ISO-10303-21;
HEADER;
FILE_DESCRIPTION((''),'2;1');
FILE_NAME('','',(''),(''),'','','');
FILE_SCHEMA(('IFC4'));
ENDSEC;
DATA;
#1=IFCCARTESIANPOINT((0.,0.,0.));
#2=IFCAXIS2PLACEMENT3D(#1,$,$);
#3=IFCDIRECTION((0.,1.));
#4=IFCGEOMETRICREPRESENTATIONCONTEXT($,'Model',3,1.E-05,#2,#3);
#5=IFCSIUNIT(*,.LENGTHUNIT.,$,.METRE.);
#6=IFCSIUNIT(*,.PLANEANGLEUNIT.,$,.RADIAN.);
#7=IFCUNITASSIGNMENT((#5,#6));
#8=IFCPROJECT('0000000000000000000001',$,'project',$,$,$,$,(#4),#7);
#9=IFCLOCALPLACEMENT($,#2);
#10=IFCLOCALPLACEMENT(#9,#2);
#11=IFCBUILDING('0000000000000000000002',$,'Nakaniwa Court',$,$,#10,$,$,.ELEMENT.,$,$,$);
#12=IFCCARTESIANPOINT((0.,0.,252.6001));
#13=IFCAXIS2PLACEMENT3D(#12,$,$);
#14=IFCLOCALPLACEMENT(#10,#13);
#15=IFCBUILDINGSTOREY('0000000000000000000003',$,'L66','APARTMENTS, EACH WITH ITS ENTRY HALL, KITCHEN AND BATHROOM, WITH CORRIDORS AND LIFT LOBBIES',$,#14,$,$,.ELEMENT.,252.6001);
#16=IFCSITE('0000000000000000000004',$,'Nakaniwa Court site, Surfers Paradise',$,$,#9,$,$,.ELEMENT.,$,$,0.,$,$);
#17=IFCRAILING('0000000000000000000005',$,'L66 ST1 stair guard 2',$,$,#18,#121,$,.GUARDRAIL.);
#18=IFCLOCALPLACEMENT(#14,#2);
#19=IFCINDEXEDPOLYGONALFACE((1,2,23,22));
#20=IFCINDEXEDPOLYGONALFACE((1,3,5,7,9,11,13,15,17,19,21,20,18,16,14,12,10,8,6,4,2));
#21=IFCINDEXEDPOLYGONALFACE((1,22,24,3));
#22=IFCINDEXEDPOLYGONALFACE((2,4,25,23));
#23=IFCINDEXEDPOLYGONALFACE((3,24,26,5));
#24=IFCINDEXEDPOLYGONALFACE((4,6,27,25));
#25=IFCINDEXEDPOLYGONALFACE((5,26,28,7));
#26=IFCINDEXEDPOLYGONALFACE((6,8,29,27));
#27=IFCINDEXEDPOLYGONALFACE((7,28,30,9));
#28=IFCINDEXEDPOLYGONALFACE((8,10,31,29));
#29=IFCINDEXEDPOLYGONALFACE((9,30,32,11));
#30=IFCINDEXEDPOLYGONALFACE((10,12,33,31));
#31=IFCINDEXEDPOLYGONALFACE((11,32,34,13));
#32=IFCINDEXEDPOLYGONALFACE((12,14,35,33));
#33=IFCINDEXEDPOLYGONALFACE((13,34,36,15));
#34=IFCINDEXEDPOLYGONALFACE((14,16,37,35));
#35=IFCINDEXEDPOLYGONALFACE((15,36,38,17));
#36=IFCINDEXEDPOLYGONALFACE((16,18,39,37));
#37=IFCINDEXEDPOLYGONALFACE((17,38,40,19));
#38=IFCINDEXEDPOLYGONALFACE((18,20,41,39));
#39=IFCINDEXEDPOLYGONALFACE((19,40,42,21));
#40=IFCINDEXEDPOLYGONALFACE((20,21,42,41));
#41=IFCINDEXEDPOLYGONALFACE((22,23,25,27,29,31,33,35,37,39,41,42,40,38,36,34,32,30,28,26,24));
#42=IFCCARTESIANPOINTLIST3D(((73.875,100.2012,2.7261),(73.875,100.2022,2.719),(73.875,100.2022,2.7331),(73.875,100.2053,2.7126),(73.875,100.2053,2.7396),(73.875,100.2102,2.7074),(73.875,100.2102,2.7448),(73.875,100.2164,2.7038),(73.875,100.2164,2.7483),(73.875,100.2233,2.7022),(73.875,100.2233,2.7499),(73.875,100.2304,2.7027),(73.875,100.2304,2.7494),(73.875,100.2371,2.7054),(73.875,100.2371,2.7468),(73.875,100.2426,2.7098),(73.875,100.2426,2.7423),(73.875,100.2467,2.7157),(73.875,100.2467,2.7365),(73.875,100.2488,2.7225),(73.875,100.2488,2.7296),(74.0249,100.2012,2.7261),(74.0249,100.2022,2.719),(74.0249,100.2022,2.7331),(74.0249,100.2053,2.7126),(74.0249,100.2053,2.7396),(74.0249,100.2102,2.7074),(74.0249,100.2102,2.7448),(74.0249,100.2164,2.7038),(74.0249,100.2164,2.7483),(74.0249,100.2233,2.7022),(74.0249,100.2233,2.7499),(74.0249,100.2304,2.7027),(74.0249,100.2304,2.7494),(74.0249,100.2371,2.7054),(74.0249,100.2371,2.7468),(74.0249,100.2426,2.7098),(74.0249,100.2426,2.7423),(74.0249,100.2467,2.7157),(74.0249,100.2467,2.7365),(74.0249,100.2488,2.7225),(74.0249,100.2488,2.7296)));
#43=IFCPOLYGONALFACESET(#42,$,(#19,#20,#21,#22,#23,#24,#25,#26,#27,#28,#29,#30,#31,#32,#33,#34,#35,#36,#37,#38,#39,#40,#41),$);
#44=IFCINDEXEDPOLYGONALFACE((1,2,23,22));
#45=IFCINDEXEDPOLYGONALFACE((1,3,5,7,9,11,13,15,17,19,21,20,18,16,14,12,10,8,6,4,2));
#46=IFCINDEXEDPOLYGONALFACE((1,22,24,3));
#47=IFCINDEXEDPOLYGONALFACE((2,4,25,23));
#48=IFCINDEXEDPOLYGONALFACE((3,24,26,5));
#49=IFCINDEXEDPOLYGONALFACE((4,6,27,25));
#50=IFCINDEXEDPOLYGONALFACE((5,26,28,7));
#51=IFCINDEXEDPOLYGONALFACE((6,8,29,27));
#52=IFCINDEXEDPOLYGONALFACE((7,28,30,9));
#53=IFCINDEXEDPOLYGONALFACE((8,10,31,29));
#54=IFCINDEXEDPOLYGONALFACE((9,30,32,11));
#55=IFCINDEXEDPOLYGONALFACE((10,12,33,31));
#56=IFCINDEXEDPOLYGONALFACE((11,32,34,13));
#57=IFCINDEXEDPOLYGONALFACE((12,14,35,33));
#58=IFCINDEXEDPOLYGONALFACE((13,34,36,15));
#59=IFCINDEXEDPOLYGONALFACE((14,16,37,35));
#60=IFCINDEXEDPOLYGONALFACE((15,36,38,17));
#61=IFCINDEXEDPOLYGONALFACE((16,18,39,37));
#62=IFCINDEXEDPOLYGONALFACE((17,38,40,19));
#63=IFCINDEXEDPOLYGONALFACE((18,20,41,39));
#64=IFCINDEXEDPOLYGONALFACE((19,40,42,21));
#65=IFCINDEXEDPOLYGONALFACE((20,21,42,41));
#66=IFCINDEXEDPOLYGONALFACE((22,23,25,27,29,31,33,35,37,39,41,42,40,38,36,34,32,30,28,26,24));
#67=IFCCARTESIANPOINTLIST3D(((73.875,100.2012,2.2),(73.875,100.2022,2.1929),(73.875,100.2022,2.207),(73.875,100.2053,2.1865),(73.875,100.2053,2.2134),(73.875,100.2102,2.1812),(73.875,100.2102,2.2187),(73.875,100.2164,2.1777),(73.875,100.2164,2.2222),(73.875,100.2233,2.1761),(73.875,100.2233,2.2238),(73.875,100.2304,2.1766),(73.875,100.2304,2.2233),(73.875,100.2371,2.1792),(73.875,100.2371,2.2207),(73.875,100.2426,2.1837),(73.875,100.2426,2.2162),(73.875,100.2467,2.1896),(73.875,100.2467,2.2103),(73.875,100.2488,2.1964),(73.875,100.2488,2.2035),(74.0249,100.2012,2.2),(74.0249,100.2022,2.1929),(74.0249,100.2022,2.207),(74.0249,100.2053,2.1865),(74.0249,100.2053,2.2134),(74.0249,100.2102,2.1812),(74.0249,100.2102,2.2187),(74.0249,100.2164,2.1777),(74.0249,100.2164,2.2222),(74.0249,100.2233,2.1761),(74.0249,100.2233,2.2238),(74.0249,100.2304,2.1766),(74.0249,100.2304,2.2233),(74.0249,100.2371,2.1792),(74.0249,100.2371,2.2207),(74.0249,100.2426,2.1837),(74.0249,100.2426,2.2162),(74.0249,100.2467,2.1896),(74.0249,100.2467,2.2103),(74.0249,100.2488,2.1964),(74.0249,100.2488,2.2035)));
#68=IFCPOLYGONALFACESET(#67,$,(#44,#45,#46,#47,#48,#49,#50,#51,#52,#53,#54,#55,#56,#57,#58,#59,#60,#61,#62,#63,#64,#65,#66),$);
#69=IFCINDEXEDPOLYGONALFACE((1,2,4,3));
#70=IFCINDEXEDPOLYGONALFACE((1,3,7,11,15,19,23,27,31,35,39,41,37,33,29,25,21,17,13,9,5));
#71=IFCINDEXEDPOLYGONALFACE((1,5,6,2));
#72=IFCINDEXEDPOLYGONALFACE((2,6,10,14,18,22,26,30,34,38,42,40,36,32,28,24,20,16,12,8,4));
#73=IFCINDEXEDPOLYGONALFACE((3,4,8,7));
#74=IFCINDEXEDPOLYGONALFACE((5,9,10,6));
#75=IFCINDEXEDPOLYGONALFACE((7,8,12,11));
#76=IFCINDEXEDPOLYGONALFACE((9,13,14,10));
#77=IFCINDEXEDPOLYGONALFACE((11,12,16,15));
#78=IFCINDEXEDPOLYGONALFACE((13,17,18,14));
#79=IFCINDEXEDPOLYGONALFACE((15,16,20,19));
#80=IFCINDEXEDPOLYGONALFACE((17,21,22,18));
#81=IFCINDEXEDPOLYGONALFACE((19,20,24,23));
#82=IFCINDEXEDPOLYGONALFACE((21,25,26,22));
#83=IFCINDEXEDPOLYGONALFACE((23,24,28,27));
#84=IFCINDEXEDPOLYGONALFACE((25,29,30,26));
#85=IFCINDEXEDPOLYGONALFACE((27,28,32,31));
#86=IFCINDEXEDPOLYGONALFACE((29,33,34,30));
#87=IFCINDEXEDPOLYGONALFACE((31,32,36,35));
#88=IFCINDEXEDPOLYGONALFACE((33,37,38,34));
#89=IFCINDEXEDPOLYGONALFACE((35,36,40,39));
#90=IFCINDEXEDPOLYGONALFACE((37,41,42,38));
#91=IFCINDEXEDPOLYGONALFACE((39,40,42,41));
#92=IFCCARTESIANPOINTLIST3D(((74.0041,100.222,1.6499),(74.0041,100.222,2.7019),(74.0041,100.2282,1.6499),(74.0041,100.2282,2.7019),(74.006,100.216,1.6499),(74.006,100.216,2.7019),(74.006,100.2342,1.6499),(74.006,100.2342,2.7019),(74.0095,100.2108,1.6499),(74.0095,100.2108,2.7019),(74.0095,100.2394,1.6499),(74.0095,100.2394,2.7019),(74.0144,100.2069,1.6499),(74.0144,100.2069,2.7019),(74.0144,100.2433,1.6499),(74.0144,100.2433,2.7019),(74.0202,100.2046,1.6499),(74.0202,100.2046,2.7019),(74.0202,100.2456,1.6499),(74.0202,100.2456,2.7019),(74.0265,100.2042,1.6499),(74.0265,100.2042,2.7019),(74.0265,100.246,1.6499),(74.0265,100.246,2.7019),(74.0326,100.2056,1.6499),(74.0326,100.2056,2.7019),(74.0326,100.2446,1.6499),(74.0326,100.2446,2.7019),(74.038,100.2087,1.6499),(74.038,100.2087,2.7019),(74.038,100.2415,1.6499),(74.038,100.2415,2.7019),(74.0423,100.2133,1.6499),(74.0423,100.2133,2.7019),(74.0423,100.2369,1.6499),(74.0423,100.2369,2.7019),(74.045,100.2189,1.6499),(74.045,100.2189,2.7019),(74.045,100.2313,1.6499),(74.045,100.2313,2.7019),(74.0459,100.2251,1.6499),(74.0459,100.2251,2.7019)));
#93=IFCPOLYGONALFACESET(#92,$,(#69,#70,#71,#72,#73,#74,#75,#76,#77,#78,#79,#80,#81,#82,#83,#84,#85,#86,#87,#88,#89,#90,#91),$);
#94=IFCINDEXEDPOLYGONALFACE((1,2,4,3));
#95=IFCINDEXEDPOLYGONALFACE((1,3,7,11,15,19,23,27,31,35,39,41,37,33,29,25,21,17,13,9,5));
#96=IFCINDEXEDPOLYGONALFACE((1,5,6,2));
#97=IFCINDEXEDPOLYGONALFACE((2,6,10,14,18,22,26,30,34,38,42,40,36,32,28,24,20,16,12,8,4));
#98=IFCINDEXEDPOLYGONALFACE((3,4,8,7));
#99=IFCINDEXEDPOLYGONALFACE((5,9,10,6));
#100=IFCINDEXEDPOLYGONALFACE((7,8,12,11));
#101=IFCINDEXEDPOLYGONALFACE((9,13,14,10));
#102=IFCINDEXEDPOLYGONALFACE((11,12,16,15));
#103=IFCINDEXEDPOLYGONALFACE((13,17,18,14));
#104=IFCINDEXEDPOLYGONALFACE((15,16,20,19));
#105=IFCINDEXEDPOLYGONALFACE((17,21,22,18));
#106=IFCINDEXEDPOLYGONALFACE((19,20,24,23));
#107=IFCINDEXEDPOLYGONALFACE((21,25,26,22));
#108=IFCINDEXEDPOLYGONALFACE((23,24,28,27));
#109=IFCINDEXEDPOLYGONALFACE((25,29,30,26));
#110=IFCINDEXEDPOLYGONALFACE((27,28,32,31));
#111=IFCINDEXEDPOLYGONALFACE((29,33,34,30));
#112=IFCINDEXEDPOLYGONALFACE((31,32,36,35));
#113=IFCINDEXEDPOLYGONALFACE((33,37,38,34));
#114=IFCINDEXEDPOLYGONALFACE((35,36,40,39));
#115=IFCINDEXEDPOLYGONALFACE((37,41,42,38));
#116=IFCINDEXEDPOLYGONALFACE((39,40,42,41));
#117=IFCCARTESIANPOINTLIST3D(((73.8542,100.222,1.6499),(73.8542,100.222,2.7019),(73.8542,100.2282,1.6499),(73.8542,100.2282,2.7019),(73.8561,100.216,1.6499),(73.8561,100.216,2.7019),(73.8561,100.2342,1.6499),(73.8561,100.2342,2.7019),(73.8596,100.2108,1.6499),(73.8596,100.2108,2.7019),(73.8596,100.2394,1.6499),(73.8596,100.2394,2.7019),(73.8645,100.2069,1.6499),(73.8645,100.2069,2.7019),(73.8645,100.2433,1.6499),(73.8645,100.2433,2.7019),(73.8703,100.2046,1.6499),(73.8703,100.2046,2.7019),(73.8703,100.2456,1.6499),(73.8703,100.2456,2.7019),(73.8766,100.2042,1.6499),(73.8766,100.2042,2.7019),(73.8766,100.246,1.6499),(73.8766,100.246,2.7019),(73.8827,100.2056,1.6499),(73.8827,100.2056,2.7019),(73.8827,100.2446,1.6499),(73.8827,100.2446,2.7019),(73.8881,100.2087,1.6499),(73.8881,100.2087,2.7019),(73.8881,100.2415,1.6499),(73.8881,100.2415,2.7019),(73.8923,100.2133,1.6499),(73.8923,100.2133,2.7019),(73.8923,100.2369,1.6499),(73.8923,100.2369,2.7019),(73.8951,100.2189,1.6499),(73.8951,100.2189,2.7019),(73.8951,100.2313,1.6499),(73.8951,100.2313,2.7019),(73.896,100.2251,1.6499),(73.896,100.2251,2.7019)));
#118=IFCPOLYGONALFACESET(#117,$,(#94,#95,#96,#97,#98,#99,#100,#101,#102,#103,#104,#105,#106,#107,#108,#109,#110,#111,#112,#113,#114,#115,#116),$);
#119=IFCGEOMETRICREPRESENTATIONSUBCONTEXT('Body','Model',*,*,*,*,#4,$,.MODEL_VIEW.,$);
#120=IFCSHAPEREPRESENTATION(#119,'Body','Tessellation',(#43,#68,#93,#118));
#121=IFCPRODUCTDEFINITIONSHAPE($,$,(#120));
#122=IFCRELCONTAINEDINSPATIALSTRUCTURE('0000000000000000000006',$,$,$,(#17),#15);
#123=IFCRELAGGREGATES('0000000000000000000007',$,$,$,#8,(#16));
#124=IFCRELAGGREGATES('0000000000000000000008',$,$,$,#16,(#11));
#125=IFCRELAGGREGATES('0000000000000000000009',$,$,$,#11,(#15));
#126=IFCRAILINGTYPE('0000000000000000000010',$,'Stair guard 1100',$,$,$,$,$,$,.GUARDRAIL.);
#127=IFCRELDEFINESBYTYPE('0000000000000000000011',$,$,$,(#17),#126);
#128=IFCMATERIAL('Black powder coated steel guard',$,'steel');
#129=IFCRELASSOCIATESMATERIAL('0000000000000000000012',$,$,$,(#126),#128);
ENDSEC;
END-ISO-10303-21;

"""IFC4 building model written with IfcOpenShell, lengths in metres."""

from ifc_helpers import new_model, si_unit, direction, frame, origin, origin_2d, place, context, subcontext, project, spatial, circle, extrude, material, type_object, element, save


model = new_model("IFC4")

# Units and contexts
model_context = context("Model", 3, precision=1e-05, world=origin(), true_north=direction((0.0, 1.0)))
body_context = subcontext(model_context, "Body", "Model", "MODEL_VIEW")
ifc_project = project(units=[si_unit("LENGTHUNIT", "METRE"), si_unit("PLANEANGLEUNIT", "RADIAN")], contexts=[model_context])

# Site, building, storey
site_placement = place(None, origin())
site = spatial("IfcSite", under=ifc_project, at=site_placement, Name="Nakaniwa Court site, Surfers Paradise", CompositionType="ELEMENT", RefElevation=0.0)
building_placement = place(site_placement, origin())
building = spatial("IfcBuilding", under=site, at=building_placement, Name="Nakaniwa Court", CompositionType="ELEMENT")
storey_placement = place(building_placement, frame((0.0, 0.0, 252.6001)))
storey = spatial("IfcBuildingStorey", under=building, at=storey_placement, Name="L66", Description="APARTMENTS, EACH WITH ITS ENTRY HALL, KITCHEN AND BATHROOM, WITH CORRIDORS AND LIFT LOBBIES", CompositionType="ELEMENT", Elevation=252.6001)

# Railing
ifc_material_1 = material(Name="Black powder coated steel guard", Category="steel")
railing_type_1 = type_object("IfcRailingType", Name="Stair guard 1100", PredefinedType="GUARDRAIL", material=ifc_material_1)
railing_1_placement = place(storey_placement, frame((74.0249, 100.2251, 1.6499)))
element("IfcRailing", 1, at=railing_1_placement, inside=storey, type_object=railing_type_1, Name="L66 ST1 stair guard 2", PredefinedType="GUARDRAIL", context=body_context, shape_type="SweptSolid", body=[
    extrude(circle(Radius=0.0239, at=origin_2d()), frame((0.0, 0.0, 1.0762), z_axis=(-1.0, 0.0, 0.0), x_axis=(0.0, -1.0, 0.0)), (0.0, 0.0, 1.0), 0.1499),
    extrude(circle(Radius=0.0239, at=origin_2d()), frame((0.0, 0.0, 0.55), z_axis=(-1.0, 0.0, 0.0), x_axis=(0.0, -1.0, 0.0)), (0.0, 0.0, 1.0), 0.1499),
    extrude(circle(Radius=0.021, at=origin_2d()), origin(), (0.0, 0.0, 1.0), 1.052),
    extrude(circle(Radius=0.021, at=origin_2d()), frame((-0.1499, 0.0, 0.0)), (0.0, 0.0, 1.0), 1.052),
])

save(model, "model.ifc")
